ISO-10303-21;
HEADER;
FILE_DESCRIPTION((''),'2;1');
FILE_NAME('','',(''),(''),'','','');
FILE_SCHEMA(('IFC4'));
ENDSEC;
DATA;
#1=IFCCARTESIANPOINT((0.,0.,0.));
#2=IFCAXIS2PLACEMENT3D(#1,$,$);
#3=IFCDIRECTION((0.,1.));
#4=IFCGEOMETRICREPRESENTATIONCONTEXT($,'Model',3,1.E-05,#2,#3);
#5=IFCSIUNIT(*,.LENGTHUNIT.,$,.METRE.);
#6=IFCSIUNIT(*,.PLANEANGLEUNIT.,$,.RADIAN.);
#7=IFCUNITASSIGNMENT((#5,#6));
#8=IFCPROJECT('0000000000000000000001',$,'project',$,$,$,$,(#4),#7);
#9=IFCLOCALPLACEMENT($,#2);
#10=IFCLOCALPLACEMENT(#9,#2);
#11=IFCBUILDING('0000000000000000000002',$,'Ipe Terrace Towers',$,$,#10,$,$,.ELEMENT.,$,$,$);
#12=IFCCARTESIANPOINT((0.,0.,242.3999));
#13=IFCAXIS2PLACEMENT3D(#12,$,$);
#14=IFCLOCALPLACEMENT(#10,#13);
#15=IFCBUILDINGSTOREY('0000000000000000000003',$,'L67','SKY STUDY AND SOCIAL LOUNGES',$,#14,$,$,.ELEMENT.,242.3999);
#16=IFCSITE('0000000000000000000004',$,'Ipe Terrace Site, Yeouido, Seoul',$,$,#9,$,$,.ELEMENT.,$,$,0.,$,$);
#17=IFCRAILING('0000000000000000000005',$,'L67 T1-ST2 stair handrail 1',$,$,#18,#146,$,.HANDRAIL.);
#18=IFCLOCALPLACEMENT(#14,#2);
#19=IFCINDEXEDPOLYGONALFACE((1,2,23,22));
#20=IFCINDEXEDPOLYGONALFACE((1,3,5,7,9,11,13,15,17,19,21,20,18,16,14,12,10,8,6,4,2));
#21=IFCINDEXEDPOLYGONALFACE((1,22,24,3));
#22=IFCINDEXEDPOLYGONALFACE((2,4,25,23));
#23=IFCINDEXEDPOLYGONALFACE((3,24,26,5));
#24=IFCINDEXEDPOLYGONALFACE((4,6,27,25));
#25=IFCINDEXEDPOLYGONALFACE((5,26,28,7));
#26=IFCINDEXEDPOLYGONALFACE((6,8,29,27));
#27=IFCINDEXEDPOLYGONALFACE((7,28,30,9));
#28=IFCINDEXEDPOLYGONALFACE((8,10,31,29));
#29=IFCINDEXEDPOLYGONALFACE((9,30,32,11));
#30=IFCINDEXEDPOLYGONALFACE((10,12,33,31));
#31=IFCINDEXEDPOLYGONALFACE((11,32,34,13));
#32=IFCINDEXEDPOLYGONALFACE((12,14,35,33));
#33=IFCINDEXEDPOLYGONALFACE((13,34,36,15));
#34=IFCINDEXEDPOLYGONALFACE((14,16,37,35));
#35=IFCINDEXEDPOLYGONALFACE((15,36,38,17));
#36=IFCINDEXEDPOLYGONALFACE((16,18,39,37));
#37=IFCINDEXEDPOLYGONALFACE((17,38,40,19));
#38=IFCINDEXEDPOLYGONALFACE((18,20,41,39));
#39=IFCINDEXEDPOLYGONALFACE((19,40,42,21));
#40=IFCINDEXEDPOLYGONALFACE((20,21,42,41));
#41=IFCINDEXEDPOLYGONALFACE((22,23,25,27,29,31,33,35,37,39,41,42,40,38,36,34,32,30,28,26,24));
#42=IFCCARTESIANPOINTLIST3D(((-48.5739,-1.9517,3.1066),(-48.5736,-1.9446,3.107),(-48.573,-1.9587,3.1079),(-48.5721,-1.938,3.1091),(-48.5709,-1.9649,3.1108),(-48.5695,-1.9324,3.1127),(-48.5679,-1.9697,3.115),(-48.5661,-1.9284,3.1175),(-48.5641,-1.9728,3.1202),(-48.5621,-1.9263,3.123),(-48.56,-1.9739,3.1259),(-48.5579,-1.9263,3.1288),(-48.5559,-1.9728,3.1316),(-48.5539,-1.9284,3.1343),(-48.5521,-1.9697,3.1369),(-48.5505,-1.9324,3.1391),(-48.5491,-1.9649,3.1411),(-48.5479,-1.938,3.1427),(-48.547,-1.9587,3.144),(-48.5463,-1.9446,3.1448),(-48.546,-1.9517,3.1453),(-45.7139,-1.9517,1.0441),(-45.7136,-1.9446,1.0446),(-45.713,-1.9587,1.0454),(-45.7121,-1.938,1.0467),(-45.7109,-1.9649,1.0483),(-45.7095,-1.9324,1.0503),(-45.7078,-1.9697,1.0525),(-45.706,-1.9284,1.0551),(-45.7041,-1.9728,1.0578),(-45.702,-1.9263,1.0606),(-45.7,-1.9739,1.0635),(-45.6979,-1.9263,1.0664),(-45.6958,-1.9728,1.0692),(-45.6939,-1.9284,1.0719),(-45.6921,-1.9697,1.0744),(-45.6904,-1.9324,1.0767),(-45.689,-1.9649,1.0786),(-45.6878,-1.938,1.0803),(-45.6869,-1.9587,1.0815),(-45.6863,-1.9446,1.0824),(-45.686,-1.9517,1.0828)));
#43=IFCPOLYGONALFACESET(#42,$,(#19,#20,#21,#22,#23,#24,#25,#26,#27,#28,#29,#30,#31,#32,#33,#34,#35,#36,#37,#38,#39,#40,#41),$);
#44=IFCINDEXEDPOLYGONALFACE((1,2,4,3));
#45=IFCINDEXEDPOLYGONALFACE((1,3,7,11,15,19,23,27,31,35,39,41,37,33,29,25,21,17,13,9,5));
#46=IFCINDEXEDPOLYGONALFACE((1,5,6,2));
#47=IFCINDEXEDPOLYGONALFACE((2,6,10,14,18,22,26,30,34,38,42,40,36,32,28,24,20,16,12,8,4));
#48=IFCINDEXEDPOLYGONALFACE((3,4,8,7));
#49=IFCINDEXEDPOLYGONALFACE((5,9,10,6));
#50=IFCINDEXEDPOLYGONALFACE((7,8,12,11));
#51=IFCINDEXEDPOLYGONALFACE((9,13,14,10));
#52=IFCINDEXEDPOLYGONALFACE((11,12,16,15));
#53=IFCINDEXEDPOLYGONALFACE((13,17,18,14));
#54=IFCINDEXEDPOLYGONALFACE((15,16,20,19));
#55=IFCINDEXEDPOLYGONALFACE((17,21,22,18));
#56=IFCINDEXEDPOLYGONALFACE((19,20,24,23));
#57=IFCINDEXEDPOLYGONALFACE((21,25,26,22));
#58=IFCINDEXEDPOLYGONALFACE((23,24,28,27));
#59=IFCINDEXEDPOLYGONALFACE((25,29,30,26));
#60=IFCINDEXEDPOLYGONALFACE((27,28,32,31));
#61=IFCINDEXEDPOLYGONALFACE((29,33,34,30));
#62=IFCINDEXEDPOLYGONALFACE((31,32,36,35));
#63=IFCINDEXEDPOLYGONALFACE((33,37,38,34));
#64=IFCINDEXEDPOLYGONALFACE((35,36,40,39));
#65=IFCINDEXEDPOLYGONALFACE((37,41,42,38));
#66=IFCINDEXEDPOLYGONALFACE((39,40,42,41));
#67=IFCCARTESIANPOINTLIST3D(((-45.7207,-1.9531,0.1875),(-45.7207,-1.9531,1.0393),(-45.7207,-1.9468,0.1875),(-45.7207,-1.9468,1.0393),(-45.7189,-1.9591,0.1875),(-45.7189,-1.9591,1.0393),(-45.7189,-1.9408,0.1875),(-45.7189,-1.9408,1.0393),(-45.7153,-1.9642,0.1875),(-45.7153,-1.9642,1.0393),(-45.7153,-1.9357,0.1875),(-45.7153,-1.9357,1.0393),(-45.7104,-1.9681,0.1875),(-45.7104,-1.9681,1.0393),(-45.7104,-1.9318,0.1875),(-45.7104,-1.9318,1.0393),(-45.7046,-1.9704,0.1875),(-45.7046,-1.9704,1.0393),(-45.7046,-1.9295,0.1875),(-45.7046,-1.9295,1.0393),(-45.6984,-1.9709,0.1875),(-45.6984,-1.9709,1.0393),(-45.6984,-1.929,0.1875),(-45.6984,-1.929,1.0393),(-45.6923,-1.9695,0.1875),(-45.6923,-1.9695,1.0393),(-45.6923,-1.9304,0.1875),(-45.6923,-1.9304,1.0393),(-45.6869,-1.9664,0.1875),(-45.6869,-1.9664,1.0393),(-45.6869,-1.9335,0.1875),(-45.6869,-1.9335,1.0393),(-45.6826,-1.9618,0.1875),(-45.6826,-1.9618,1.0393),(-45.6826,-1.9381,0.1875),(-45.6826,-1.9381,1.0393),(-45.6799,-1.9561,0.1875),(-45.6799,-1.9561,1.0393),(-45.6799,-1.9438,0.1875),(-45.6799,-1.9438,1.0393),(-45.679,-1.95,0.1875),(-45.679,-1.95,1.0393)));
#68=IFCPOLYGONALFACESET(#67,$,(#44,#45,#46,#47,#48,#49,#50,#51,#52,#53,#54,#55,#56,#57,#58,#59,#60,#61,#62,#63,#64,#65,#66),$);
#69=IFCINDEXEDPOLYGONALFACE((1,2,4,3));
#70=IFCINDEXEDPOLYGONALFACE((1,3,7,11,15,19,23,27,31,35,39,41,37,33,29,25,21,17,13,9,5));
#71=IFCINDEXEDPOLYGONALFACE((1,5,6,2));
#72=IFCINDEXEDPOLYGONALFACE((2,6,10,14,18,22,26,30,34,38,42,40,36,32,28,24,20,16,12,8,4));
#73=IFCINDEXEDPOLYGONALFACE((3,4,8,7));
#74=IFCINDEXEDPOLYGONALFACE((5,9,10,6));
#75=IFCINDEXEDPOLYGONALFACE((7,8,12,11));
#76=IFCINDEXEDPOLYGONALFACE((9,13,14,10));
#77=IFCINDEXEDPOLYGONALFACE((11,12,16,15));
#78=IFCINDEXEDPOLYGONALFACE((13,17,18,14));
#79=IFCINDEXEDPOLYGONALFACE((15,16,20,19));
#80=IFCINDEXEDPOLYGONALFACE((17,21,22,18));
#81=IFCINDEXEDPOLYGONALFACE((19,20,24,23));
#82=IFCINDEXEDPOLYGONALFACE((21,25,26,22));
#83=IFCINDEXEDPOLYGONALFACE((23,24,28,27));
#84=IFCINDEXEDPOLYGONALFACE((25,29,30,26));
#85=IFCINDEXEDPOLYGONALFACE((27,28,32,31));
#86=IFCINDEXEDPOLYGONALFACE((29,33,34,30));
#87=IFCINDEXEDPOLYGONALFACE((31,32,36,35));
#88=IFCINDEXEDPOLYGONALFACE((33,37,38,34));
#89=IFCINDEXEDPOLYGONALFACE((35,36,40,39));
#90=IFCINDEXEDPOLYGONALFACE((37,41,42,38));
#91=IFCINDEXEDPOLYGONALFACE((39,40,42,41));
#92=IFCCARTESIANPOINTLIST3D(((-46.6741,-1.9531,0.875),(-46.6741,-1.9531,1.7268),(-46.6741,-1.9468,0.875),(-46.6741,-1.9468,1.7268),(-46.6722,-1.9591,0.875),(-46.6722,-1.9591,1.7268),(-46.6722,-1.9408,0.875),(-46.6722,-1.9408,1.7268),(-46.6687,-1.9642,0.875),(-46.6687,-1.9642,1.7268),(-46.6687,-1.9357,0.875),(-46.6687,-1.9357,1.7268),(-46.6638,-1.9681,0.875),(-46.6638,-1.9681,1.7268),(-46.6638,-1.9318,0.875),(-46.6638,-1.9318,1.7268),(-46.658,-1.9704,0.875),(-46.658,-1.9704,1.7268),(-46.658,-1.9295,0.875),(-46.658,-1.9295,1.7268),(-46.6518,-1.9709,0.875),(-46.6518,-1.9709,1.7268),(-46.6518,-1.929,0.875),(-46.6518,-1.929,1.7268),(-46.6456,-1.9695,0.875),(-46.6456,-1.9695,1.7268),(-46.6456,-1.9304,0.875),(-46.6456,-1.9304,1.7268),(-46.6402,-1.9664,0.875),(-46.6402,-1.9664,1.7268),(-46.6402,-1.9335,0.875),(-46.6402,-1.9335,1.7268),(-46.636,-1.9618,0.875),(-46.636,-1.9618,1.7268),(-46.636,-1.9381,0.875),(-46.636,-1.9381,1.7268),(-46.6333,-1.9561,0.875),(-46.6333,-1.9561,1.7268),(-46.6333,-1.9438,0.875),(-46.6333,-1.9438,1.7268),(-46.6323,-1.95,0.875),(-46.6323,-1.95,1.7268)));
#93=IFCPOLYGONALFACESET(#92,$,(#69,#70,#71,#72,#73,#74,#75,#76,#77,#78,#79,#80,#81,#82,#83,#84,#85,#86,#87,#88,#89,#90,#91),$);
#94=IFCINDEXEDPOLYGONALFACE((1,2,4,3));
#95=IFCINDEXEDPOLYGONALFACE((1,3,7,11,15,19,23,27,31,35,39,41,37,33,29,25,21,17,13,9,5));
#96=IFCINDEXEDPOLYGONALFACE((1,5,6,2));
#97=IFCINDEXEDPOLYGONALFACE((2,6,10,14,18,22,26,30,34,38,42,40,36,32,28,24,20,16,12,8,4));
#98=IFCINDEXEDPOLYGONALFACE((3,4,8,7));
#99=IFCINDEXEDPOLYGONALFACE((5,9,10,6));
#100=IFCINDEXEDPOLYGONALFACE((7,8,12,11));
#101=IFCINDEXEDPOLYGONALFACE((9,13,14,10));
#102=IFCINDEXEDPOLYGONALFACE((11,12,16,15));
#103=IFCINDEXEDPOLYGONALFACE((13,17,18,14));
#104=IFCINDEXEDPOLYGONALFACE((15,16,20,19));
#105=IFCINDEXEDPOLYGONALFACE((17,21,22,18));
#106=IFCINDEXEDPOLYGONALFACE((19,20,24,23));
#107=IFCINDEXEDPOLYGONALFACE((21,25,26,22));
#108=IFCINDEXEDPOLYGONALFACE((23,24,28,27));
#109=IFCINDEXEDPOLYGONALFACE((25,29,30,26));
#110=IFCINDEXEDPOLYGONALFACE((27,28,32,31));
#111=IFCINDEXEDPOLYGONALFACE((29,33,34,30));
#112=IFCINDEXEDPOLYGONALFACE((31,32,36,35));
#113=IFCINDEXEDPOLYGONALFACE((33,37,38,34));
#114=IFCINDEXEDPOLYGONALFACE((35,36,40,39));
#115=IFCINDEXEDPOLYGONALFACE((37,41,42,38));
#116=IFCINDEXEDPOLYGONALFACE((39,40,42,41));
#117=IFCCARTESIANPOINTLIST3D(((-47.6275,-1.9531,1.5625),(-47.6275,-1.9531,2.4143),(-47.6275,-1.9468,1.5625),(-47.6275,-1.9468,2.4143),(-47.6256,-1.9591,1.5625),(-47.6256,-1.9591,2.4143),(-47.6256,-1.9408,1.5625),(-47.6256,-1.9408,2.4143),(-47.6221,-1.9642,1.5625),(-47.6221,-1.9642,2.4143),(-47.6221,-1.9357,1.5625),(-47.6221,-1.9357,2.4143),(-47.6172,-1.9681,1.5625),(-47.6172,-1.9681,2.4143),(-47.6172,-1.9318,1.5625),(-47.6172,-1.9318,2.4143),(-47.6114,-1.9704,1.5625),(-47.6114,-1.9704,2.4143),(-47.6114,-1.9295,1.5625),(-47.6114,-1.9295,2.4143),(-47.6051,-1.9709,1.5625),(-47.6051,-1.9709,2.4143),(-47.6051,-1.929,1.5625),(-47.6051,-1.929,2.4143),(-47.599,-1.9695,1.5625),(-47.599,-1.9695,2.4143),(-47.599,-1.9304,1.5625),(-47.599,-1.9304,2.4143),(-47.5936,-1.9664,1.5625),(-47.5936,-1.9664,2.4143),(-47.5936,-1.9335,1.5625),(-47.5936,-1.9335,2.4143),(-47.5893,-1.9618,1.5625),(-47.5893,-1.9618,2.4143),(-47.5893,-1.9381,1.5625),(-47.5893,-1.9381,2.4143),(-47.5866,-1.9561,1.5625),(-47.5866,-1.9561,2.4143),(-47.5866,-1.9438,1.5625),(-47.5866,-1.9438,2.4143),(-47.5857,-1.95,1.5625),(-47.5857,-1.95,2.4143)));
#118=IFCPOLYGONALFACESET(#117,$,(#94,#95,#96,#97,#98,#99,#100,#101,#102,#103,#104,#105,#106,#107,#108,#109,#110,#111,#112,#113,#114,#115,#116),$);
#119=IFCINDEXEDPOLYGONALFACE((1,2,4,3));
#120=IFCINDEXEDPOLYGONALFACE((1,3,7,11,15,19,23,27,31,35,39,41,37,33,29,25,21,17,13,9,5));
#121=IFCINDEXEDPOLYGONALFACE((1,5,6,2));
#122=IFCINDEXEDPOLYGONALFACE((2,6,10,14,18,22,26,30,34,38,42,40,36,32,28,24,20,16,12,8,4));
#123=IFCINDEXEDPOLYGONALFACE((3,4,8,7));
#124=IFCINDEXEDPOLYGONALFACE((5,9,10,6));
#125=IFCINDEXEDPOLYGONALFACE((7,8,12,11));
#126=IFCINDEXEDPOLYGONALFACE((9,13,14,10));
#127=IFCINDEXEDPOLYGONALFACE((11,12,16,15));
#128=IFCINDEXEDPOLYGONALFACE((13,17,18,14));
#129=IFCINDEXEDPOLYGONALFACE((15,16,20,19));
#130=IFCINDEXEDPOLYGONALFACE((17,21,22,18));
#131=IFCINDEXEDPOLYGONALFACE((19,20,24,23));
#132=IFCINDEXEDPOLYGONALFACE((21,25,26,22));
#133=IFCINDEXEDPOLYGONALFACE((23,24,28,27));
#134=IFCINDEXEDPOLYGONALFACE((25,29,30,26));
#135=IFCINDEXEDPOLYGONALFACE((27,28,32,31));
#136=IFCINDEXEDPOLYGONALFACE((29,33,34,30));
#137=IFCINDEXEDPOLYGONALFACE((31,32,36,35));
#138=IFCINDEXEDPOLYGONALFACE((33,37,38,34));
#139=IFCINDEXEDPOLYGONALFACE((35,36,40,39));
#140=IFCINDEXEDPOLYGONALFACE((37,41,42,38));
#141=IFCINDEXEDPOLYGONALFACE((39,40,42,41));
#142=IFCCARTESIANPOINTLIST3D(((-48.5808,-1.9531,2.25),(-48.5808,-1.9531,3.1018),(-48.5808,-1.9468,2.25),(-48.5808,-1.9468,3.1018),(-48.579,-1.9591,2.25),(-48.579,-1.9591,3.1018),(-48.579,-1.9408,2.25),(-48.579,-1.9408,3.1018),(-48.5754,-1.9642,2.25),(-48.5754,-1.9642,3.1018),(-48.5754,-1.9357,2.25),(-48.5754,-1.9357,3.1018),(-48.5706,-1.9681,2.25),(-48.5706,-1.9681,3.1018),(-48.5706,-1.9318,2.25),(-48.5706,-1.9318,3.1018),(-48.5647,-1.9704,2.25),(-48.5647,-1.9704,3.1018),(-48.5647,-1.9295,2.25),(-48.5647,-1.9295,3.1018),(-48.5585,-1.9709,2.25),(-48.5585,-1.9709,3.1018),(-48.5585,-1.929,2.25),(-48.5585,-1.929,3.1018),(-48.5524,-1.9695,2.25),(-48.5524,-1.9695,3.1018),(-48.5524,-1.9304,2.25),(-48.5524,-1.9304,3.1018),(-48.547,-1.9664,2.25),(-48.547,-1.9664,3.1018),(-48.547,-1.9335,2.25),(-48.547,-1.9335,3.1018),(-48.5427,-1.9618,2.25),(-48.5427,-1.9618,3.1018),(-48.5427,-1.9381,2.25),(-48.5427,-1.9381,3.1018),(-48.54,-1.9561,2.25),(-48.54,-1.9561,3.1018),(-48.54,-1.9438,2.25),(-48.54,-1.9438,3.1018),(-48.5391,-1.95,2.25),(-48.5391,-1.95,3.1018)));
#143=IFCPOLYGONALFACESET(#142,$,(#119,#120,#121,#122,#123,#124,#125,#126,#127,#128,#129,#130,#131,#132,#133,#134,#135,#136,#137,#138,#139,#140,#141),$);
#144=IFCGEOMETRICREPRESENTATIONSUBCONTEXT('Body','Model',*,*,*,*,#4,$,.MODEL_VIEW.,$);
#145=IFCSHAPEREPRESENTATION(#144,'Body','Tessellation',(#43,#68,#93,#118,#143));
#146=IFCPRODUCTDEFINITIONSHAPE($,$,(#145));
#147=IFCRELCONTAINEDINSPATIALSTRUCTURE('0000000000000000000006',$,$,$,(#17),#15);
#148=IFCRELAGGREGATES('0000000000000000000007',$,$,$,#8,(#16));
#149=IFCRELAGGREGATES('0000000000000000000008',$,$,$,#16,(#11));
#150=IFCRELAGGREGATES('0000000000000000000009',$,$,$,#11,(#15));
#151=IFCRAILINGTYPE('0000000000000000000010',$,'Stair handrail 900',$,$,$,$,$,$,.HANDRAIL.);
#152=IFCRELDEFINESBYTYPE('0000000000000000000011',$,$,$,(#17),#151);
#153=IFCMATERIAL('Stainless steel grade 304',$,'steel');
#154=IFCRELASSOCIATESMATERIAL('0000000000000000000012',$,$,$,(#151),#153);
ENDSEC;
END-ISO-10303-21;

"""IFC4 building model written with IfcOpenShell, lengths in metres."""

from ifc_helpers import new_model, si_unit, direction, frame, origin, origin_2d, place, context, subcontext, project, spatial, circle, extrude, material, type_object, element, save


model = new_model("IFC4")

# Units and contexts
model_context = context("Model", 3, precision=1e-05, world=origin(), true_north=direction((0.0, 1.0)))
body_context = subcontext(model_context, "Body", "Model", "MODEL_VIEW")
ifc_project = project(units=[si_unit("LENGTHUNIT", "METRE"), si_unit("PLANEANGLEUNIT", "RADIAN")], contexts=[model_context])

# Site, building, storey
site_placement = place(None, origin())
site = spatial("IfcSite", under=ifc_project, at=site_placement, Name="Ipe Terrace Site, Yeouido, Seoul", CompositionType="ELEMENT", RefElevation=0.0)
building_placement = place(site_placement, origin())
building = spatial("IfcBuilding", under=site, at=building_placement, Name="Ipe Terrace Towers", CompositionType="ELEMENT")
storey_placement = place(building_placement, frame((0.0, 0.0, 242.3999)))
storey = spatial("IfcBuildingStorey", under=building, at=storey_placement, Name="L67", Description="SKY STUDY AND SOCIAL LOUNGES", CompositionType="ELEMENT", Elevation=242.3999)

# Railing
ifc_material_1 = material(Name="Stainless steel grade 304", Category="steel")
railing_type_1 = type_object("IfcRailingType", Name="Stair handrail 900", PredefinedType="HANDRAIL", material=ifc_material_1)
railing_1_placement = place(storey_placement, frame((-45.7, -1.95, 0.1875)))
element("IfcRailing", 1, at=railing_1_placement, inside=storey, type_object=railing_type_1, Name="L67 T1-ST2 stair handrail 1", PredefinedType="HANDRAIL", context=body_context, shape_type="SweptSolid", body=[
    extrude(circle(Radius=0.0239, at=origin_2d()), frame((0.0, 0.0, 0.876), z_axis=(-0.811101, 0.0, 0.584906), x_axis=(0.0, -1.0, 0.0)), (0.0, 0.0, 1.0), 3.5261),
    extrude(circle(Radius=0.021, at=origin_2d()), origin(), (0.0, 0.0, 1.0), 0.8518),
    extrude(circle(Radius=0.021, at=origin_2d()), frame((-0.9534, 0.0, 0.6875)), (0.0, 0.0, 1.0), 0.8518),
    extrude(circle(Radius=0.021, at=origin_2d()), frame((-1.9067, 0.0, 1.375)), (0.0, 0.0, 1.0), 0.8518),
    extrude(circle(Radius=0.021, at=origin_2d()), frame((-2.8601, 0.0, 2.0625)), (0.0, 0.0, 1.0), 0.8518),
])

save(model, "model.ifc")
